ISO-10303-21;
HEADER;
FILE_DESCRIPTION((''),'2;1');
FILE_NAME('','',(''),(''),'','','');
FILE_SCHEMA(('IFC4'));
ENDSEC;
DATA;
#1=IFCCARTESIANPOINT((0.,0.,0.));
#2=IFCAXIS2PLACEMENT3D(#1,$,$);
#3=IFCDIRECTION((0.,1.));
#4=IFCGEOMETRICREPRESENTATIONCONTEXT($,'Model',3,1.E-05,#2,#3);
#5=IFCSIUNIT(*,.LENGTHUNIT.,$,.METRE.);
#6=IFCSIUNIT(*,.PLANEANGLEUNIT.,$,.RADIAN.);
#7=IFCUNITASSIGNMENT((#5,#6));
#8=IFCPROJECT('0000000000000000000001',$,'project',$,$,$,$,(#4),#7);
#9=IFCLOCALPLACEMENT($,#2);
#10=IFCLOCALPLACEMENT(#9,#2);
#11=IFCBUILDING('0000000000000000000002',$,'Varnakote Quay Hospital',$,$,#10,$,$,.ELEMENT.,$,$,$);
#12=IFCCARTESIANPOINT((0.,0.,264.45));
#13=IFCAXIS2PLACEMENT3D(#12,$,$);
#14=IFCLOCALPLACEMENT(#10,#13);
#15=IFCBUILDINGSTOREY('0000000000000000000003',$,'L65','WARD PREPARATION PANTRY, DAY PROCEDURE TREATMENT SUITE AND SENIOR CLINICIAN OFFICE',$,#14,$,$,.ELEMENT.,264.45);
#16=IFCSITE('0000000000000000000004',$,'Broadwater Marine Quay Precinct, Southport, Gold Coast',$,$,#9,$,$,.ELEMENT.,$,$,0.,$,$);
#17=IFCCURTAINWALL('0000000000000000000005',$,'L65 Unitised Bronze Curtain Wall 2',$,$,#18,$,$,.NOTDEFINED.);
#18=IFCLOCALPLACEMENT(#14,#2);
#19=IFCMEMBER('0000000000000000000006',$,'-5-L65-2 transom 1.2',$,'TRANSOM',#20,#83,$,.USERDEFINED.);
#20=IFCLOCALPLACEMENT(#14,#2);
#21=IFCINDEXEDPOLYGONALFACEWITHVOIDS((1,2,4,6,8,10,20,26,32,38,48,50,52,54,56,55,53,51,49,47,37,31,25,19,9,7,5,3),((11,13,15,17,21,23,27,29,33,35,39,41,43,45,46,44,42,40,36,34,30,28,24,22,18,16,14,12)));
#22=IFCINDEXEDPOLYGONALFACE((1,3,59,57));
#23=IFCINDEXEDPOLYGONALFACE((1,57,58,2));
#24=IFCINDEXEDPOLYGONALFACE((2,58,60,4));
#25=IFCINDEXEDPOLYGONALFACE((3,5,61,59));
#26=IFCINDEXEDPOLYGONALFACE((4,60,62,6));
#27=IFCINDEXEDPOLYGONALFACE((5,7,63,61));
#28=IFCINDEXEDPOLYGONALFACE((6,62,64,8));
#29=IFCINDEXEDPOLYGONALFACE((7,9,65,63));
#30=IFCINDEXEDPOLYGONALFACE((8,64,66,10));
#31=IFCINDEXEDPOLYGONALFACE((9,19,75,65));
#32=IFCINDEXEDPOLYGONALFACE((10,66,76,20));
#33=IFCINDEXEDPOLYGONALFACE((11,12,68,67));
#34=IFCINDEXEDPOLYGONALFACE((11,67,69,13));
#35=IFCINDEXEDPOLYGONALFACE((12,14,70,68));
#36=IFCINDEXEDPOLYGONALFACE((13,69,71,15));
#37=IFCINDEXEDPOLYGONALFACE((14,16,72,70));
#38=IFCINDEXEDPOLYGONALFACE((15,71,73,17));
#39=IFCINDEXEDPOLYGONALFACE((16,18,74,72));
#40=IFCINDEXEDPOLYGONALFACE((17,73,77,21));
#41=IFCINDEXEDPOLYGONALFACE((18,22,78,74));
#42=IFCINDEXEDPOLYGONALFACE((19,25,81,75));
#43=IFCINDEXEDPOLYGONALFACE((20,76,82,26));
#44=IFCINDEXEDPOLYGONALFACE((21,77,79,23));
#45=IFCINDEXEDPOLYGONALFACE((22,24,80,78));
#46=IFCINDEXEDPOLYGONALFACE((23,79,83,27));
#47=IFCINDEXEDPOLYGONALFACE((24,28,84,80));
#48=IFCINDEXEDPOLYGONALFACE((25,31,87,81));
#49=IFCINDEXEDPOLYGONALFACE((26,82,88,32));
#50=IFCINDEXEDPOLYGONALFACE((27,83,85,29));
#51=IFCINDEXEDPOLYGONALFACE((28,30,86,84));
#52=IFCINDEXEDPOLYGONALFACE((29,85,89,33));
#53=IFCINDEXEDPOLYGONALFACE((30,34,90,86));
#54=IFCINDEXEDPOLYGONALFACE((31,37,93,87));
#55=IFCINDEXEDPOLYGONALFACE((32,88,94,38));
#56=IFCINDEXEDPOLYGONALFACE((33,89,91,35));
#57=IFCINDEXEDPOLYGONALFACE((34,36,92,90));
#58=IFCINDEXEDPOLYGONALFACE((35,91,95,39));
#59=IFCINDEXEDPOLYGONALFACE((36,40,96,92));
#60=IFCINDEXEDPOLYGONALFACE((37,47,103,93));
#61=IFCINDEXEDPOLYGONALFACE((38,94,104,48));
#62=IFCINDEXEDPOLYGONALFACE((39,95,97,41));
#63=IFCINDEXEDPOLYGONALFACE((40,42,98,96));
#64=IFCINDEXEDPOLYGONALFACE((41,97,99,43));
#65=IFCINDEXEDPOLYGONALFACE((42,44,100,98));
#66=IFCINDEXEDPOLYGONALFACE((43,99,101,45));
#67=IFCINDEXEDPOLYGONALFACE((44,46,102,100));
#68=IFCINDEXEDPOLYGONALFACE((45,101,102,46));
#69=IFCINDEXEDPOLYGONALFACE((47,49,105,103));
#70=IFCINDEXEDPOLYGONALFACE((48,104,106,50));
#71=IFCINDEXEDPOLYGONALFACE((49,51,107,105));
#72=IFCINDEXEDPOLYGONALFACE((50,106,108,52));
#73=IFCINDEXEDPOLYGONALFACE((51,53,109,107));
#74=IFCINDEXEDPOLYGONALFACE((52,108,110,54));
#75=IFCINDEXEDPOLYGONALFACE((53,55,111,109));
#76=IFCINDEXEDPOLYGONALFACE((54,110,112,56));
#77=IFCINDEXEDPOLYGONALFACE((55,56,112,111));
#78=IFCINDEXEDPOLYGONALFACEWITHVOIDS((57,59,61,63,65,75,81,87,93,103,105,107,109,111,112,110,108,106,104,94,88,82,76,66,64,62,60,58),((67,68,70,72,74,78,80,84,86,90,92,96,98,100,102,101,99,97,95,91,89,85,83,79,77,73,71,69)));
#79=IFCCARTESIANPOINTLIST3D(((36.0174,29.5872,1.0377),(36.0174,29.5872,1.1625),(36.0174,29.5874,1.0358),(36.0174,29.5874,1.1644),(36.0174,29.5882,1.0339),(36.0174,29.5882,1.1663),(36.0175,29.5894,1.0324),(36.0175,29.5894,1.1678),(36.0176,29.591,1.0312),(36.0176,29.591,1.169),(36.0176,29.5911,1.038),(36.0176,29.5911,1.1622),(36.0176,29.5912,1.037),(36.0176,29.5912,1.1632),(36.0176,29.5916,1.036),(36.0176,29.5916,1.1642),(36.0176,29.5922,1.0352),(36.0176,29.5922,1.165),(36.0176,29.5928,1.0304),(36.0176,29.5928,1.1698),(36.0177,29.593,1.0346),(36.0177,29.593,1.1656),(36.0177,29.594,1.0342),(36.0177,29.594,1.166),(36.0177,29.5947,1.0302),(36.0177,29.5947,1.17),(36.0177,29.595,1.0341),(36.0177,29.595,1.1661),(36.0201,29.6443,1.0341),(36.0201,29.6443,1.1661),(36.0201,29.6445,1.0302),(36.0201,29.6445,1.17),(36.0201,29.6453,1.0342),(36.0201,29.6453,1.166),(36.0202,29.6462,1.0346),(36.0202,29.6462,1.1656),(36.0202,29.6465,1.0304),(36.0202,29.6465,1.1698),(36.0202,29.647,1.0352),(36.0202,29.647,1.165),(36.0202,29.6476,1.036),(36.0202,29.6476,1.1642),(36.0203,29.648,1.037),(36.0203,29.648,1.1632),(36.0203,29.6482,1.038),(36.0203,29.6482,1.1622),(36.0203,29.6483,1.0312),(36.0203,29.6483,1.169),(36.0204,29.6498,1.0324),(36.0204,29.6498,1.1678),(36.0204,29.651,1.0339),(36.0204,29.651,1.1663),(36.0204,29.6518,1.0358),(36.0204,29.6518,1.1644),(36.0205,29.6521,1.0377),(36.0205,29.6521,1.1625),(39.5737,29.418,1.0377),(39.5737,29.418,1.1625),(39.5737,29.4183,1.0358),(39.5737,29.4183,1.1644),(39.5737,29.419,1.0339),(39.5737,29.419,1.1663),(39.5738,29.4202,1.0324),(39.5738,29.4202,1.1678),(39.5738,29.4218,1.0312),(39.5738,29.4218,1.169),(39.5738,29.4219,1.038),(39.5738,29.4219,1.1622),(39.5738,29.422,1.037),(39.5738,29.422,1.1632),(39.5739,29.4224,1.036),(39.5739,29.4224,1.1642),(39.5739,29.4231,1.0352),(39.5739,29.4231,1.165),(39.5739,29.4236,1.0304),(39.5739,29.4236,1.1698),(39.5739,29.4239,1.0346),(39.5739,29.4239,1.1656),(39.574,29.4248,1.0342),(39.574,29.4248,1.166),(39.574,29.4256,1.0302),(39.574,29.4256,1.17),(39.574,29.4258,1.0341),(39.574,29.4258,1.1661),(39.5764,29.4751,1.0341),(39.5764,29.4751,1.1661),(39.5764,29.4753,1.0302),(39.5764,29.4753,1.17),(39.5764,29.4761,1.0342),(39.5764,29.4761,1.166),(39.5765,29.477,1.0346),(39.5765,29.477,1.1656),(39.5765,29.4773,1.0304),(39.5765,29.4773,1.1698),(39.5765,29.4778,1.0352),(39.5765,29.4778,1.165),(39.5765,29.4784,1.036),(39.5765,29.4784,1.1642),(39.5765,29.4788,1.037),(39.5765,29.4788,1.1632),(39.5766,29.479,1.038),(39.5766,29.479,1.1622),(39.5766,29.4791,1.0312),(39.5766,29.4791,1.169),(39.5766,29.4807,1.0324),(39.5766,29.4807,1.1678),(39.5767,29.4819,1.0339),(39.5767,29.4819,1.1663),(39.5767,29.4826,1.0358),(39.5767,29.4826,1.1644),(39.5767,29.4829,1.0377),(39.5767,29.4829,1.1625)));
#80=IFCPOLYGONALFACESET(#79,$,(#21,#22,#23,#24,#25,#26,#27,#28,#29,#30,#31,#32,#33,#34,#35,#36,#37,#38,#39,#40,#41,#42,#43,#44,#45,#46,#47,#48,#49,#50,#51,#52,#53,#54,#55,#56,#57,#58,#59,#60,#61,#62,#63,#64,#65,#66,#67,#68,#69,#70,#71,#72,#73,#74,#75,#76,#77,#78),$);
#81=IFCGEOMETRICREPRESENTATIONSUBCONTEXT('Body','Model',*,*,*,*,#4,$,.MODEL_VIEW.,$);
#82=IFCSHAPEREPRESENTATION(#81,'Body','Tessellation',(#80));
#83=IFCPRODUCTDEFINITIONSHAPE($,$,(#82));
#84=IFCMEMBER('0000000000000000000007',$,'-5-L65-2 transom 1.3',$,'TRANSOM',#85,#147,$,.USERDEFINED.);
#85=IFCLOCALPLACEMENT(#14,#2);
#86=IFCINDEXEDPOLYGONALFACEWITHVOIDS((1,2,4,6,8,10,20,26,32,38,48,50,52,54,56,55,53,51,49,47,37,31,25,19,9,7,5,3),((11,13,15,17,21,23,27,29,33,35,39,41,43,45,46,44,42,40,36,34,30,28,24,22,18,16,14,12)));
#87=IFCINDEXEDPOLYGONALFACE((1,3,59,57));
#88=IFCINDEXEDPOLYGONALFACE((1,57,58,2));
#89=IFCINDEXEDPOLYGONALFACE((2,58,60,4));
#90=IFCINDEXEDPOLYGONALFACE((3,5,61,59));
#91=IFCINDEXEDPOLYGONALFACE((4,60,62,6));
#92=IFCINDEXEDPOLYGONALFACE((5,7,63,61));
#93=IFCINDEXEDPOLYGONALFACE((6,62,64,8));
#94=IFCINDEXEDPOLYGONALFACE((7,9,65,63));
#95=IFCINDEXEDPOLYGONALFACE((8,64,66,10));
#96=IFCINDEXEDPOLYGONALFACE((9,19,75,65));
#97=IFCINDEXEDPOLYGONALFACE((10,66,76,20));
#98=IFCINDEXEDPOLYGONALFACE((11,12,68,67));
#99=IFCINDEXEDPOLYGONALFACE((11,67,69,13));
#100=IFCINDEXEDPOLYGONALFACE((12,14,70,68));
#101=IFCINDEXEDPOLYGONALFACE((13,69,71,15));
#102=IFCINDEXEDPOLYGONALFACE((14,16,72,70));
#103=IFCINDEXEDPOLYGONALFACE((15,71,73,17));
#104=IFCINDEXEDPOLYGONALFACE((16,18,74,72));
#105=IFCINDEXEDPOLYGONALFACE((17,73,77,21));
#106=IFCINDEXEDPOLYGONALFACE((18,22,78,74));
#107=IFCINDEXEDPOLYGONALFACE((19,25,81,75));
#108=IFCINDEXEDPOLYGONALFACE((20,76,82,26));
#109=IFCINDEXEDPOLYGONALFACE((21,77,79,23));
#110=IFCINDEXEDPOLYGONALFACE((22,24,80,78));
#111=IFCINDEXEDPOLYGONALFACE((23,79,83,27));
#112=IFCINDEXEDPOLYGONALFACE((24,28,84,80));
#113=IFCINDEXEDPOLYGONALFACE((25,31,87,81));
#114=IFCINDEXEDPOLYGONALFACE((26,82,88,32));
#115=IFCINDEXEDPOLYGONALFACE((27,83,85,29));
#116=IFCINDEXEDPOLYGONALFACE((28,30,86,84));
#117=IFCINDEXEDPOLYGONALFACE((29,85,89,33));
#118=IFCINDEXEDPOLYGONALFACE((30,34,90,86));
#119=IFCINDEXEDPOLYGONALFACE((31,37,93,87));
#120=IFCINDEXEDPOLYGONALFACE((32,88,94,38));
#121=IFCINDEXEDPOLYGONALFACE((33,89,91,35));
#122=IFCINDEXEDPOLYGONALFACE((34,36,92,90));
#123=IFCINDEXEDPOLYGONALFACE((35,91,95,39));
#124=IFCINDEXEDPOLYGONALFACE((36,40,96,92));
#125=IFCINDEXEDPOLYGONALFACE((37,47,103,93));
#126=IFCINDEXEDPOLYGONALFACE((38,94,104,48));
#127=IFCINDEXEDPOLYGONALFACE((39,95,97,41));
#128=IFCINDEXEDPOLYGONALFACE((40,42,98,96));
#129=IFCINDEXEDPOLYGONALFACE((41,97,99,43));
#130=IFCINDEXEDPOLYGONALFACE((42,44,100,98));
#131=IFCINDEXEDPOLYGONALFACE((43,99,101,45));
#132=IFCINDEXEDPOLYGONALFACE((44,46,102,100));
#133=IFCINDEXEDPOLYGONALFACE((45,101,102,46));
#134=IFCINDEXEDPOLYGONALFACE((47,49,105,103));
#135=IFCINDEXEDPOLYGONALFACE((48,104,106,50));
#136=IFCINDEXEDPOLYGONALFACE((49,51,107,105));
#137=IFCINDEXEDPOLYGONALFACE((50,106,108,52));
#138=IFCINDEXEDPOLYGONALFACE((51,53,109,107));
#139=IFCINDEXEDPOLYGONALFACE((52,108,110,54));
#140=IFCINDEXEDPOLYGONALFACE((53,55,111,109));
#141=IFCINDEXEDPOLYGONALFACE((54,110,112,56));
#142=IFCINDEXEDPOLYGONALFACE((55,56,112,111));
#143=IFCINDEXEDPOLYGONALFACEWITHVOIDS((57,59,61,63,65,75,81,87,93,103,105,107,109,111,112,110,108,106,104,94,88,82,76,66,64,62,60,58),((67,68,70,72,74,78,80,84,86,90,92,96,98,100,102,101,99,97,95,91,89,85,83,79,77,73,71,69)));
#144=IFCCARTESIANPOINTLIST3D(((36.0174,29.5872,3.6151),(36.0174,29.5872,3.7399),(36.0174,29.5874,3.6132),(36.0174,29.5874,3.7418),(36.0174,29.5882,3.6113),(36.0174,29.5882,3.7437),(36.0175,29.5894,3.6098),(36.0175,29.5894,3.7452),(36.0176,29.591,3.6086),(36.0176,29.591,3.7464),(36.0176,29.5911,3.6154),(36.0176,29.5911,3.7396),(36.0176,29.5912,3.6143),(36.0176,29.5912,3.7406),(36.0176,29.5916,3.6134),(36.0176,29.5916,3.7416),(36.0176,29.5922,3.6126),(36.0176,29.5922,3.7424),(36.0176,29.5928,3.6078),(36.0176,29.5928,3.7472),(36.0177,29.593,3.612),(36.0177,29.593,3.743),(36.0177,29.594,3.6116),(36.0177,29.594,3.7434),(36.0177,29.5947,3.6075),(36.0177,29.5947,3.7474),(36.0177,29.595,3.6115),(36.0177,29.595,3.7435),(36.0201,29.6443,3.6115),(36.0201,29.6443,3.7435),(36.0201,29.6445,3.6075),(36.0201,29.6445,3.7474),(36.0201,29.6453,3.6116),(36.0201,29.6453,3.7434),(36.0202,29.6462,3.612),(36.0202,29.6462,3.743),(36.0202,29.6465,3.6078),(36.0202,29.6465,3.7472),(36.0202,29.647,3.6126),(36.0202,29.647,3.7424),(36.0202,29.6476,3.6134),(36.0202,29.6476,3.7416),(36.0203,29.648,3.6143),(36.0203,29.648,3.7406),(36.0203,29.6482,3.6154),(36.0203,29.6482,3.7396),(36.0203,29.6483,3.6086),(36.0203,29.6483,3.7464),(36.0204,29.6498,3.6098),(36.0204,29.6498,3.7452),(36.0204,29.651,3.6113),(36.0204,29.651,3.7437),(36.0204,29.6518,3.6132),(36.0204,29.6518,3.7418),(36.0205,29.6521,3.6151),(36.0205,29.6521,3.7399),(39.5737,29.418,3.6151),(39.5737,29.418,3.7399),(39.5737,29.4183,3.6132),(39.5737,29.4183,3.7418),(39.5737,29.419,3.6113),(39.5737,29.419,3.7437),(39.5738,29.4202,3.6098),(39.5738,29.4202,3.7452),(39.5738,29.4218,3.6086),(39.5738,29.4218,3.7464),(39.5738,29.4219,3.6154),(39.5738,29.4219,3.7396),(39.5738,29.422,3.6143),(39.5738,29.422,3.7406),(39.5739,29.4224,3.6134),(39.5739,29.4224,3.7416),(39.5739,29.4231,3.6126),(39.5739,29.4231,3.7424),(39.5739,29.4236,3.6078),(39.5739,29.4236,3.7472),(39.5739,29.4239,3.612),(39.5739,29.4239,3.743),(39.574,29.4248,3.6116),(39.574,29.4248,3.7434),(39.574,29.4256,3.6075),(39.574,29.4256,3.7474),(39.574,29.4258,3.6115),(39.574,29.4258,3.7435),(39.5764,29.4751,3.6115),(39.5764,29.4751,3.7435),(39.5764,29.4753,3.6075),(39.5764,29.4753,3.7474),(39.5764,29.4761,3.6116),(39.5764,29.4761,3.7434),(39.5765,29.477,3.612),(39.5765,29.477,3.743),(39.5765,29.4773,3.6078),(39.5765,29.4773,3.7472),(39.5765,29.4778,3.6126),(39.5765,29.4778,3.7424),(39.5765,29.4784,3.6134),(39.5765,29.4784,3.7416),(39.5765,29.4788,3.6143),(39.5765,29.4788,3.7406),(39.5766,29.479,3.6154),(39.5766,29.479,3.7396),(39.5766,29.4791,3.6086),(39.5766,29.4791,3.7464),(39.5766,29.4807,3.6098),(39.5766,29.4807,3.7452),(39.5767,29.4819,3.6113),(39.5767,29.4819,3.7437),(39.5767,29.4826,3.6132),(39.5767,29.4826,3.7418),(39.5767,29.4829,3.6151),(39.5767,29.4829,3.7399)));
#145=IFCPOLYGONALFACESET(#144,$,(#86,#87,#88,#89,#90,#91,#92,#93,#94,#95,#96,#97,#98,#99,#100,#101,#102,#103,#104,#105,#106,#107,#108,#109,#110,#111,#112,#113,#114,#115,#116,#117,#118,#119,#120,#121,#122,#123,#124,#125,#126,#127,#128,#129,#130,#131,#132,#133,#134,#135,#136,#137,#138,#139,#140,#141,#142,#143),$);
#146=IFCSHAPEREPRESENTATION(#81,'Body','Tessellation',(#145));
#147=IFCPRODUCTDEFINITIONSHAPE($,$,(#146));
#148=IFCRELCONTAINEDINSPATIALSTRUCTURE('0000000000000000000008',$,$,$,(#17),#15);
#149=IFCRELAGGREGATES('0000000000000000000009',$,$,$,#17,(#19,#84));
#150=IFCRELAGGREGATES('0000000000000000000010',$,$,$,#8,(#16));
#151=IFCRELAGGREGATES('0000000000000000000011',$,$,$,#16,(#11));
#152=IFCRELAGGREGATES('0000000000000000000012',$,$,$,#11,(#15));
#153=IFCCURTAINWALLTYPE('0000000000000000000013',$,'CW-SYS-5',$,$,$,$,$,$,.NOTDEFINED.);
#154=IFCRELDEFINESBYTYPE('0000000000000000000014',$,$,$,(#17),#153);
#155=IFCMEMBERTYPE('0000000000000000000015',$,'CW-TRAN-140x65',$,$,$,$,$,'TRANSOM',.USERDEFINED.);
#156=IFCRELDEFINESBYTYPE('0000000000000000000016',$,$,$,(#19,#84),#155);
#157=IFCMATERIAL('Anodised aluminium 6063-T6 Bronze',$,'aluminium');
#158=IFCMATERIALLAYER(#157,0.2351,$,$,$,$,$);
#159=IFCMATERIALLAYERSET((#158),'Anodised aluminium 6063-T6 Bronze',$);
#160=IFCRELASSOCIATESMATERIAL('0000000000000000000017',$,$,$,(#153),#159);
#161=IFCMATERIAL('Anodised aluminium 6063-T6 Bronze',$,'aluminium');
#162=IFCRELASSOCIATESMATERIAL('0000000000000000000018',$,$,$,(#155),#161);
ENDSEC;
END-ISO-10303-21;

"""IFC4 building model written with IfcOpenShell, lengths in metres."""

from ifc_helpers import new_model, si_unit, direction, frame, origin, origin_2d, place, context, subcontext, project, spatial, hollow_rectangle, extrude, material, layer, layer_set, material_profile, profile_set, type_object, element, aggregate, save


model = new_model("IFC4")

# Units and contexts
model_context = context("Model", 3, precision=1e-05, world=origin(), true_north=direction((0.0, 1.0)))
body_context = subcontext(model_context, "Body", "Model", "MODEL_VIEW")
ifc_project = project(units=[si_unit("LENGTHUNIT", "METRE"), si_unit("PLANEANGLEUNIT", "RADIAN")], contexts=[model_context])

# Site, building, storey
site_placement = place(None, origin())
site = spatial("IfcSite", under=ifc_project, at=site_placement, Name="Broadwater Marine Quay Precinct, Southport, Gold Coast", CompositionType="ELEMENT", RefElevation=0.0)
building_placement = place(site_placement, origin())
building = spatial("IfcBuilding", under=site, at=building_placement, Name="Varnakote Quay Hospital", CompositionType="ELEMENT")
storey_placement = place(building_placement, frame((0.0, 0.0, 264.45)))
storey = spatial("IfcBuildingStorey", under=building, at=storey_placement, Name="L65", Description="WARD PREPARATION PANTRY, DAY PROCEDURE TREATMENT SUITE AND SENIOR CLINICIAN OFFICE", CompositionType="ELEMENT", Elevation=264.45)

# Curtain wall
ifc_material_1 = material(Name="Anodised aluminium 6063-T6 Bronze", Category="aluminium")
ifc_layer_1 = layer(ifc_material_1, 0.2351)
ifc_layer_set_1 = layer_set([ifc_layer_1], Name="Anodised aluminium 6063-T6 Bronze")
curtain_wall_type = type_object("IfcCurtainWallType", Name="CW-SYS-5", PredefinedType="NOTDEFINED", material=ifc_layer_set_1)
curtain_wall_1_placement = place(storey_placement, origin())
curtain_wall_1 = element("IfcCurtainWall", 1, at=curtain_wall_1_placement, inside=storey, type_object=curtain_wall_type, Name="L65 Unitised Bronze Curtain Wall 2", PredefinedType="NOTDEFINED")

# Members
ifc_material_2 = material(Name="Anodised aluminium 6063-T6 Bronze", Category="aluminium")
ifc_material_profile_1 = material_profile(ifc_material_2, hollow_rectangle(XDim=0.0649, YDim=0.1399, WallThickness=0.0039, InnerFilletRadius=0.0039, OuterFilletRadius=0.0076, at=origin_2d()), Name="CW-TRAN-140x65")
ifc_profile_set_1 = profile_set([ifc_material_profile_1], Name="Anodised aluminium 6063-T6 Bronze")
member_type_1 = type_object("IfcMemberType", Name="CW-TRAN-140x65", ElementType="TRANSOM", PredefinedType="USERDEFINED", material=ifc_profile_set_1)
member_1_placement = place(storey_placement, frame((39.5752, 29.4504, 1.1001), z_axis=(-0.99887, 0.04752, 0.0), x_axis=(-0.04752, -0.99887, 0.0)))
member_1 = element("IfcMember", 2, at=member_1_placement, type_object=member_type_1, Name="-5-L65-2 transom 1.2", ObjectType="TRANSOM", PredefinedType="USERDEFINED", context=body_context, shape_type="SweptSolid", body=[
    extrude(hollow_rectangle(XDim=0.0649, YDim=0.1399, WallThickness=0.0039, InnerFilletRadius=0.0039, OuterFilletRadius=0.0076, at=origin_2d()), origin(), (0.0, 0.0, 1.0), 3.5603),
])
member_2_placement = place(storey_placement, frame((39.5752, 29.4504, 3.6775), z_axis=(-0.99887, 0.04752, 0.0), x_axis=(-0.04752, -0.99887, 0.0)))
member_2 = element("IfcMember", 3, at=member_2_placement, type_object=member_type_1, Name="-5-L65-2 transom 1.3", ObjectType="TRANSOM", PredefinedType="USERDEFINED", context=body_context, shape_type="SweptSolid", body=[
    extrude(hollow_rectangle(XDim=0.0649, YDim=0.1399, WallThickness=0.0039, InnerFilletRadius=0.0039, OuterFilletRadius=0.0076, at=origin_2d()), origin(), (0.0, 0.0, 1.0), 3.5603),
])

aggregate(curtain_wall_1, [member_1, member_2])

save(model, "model.ifc")
